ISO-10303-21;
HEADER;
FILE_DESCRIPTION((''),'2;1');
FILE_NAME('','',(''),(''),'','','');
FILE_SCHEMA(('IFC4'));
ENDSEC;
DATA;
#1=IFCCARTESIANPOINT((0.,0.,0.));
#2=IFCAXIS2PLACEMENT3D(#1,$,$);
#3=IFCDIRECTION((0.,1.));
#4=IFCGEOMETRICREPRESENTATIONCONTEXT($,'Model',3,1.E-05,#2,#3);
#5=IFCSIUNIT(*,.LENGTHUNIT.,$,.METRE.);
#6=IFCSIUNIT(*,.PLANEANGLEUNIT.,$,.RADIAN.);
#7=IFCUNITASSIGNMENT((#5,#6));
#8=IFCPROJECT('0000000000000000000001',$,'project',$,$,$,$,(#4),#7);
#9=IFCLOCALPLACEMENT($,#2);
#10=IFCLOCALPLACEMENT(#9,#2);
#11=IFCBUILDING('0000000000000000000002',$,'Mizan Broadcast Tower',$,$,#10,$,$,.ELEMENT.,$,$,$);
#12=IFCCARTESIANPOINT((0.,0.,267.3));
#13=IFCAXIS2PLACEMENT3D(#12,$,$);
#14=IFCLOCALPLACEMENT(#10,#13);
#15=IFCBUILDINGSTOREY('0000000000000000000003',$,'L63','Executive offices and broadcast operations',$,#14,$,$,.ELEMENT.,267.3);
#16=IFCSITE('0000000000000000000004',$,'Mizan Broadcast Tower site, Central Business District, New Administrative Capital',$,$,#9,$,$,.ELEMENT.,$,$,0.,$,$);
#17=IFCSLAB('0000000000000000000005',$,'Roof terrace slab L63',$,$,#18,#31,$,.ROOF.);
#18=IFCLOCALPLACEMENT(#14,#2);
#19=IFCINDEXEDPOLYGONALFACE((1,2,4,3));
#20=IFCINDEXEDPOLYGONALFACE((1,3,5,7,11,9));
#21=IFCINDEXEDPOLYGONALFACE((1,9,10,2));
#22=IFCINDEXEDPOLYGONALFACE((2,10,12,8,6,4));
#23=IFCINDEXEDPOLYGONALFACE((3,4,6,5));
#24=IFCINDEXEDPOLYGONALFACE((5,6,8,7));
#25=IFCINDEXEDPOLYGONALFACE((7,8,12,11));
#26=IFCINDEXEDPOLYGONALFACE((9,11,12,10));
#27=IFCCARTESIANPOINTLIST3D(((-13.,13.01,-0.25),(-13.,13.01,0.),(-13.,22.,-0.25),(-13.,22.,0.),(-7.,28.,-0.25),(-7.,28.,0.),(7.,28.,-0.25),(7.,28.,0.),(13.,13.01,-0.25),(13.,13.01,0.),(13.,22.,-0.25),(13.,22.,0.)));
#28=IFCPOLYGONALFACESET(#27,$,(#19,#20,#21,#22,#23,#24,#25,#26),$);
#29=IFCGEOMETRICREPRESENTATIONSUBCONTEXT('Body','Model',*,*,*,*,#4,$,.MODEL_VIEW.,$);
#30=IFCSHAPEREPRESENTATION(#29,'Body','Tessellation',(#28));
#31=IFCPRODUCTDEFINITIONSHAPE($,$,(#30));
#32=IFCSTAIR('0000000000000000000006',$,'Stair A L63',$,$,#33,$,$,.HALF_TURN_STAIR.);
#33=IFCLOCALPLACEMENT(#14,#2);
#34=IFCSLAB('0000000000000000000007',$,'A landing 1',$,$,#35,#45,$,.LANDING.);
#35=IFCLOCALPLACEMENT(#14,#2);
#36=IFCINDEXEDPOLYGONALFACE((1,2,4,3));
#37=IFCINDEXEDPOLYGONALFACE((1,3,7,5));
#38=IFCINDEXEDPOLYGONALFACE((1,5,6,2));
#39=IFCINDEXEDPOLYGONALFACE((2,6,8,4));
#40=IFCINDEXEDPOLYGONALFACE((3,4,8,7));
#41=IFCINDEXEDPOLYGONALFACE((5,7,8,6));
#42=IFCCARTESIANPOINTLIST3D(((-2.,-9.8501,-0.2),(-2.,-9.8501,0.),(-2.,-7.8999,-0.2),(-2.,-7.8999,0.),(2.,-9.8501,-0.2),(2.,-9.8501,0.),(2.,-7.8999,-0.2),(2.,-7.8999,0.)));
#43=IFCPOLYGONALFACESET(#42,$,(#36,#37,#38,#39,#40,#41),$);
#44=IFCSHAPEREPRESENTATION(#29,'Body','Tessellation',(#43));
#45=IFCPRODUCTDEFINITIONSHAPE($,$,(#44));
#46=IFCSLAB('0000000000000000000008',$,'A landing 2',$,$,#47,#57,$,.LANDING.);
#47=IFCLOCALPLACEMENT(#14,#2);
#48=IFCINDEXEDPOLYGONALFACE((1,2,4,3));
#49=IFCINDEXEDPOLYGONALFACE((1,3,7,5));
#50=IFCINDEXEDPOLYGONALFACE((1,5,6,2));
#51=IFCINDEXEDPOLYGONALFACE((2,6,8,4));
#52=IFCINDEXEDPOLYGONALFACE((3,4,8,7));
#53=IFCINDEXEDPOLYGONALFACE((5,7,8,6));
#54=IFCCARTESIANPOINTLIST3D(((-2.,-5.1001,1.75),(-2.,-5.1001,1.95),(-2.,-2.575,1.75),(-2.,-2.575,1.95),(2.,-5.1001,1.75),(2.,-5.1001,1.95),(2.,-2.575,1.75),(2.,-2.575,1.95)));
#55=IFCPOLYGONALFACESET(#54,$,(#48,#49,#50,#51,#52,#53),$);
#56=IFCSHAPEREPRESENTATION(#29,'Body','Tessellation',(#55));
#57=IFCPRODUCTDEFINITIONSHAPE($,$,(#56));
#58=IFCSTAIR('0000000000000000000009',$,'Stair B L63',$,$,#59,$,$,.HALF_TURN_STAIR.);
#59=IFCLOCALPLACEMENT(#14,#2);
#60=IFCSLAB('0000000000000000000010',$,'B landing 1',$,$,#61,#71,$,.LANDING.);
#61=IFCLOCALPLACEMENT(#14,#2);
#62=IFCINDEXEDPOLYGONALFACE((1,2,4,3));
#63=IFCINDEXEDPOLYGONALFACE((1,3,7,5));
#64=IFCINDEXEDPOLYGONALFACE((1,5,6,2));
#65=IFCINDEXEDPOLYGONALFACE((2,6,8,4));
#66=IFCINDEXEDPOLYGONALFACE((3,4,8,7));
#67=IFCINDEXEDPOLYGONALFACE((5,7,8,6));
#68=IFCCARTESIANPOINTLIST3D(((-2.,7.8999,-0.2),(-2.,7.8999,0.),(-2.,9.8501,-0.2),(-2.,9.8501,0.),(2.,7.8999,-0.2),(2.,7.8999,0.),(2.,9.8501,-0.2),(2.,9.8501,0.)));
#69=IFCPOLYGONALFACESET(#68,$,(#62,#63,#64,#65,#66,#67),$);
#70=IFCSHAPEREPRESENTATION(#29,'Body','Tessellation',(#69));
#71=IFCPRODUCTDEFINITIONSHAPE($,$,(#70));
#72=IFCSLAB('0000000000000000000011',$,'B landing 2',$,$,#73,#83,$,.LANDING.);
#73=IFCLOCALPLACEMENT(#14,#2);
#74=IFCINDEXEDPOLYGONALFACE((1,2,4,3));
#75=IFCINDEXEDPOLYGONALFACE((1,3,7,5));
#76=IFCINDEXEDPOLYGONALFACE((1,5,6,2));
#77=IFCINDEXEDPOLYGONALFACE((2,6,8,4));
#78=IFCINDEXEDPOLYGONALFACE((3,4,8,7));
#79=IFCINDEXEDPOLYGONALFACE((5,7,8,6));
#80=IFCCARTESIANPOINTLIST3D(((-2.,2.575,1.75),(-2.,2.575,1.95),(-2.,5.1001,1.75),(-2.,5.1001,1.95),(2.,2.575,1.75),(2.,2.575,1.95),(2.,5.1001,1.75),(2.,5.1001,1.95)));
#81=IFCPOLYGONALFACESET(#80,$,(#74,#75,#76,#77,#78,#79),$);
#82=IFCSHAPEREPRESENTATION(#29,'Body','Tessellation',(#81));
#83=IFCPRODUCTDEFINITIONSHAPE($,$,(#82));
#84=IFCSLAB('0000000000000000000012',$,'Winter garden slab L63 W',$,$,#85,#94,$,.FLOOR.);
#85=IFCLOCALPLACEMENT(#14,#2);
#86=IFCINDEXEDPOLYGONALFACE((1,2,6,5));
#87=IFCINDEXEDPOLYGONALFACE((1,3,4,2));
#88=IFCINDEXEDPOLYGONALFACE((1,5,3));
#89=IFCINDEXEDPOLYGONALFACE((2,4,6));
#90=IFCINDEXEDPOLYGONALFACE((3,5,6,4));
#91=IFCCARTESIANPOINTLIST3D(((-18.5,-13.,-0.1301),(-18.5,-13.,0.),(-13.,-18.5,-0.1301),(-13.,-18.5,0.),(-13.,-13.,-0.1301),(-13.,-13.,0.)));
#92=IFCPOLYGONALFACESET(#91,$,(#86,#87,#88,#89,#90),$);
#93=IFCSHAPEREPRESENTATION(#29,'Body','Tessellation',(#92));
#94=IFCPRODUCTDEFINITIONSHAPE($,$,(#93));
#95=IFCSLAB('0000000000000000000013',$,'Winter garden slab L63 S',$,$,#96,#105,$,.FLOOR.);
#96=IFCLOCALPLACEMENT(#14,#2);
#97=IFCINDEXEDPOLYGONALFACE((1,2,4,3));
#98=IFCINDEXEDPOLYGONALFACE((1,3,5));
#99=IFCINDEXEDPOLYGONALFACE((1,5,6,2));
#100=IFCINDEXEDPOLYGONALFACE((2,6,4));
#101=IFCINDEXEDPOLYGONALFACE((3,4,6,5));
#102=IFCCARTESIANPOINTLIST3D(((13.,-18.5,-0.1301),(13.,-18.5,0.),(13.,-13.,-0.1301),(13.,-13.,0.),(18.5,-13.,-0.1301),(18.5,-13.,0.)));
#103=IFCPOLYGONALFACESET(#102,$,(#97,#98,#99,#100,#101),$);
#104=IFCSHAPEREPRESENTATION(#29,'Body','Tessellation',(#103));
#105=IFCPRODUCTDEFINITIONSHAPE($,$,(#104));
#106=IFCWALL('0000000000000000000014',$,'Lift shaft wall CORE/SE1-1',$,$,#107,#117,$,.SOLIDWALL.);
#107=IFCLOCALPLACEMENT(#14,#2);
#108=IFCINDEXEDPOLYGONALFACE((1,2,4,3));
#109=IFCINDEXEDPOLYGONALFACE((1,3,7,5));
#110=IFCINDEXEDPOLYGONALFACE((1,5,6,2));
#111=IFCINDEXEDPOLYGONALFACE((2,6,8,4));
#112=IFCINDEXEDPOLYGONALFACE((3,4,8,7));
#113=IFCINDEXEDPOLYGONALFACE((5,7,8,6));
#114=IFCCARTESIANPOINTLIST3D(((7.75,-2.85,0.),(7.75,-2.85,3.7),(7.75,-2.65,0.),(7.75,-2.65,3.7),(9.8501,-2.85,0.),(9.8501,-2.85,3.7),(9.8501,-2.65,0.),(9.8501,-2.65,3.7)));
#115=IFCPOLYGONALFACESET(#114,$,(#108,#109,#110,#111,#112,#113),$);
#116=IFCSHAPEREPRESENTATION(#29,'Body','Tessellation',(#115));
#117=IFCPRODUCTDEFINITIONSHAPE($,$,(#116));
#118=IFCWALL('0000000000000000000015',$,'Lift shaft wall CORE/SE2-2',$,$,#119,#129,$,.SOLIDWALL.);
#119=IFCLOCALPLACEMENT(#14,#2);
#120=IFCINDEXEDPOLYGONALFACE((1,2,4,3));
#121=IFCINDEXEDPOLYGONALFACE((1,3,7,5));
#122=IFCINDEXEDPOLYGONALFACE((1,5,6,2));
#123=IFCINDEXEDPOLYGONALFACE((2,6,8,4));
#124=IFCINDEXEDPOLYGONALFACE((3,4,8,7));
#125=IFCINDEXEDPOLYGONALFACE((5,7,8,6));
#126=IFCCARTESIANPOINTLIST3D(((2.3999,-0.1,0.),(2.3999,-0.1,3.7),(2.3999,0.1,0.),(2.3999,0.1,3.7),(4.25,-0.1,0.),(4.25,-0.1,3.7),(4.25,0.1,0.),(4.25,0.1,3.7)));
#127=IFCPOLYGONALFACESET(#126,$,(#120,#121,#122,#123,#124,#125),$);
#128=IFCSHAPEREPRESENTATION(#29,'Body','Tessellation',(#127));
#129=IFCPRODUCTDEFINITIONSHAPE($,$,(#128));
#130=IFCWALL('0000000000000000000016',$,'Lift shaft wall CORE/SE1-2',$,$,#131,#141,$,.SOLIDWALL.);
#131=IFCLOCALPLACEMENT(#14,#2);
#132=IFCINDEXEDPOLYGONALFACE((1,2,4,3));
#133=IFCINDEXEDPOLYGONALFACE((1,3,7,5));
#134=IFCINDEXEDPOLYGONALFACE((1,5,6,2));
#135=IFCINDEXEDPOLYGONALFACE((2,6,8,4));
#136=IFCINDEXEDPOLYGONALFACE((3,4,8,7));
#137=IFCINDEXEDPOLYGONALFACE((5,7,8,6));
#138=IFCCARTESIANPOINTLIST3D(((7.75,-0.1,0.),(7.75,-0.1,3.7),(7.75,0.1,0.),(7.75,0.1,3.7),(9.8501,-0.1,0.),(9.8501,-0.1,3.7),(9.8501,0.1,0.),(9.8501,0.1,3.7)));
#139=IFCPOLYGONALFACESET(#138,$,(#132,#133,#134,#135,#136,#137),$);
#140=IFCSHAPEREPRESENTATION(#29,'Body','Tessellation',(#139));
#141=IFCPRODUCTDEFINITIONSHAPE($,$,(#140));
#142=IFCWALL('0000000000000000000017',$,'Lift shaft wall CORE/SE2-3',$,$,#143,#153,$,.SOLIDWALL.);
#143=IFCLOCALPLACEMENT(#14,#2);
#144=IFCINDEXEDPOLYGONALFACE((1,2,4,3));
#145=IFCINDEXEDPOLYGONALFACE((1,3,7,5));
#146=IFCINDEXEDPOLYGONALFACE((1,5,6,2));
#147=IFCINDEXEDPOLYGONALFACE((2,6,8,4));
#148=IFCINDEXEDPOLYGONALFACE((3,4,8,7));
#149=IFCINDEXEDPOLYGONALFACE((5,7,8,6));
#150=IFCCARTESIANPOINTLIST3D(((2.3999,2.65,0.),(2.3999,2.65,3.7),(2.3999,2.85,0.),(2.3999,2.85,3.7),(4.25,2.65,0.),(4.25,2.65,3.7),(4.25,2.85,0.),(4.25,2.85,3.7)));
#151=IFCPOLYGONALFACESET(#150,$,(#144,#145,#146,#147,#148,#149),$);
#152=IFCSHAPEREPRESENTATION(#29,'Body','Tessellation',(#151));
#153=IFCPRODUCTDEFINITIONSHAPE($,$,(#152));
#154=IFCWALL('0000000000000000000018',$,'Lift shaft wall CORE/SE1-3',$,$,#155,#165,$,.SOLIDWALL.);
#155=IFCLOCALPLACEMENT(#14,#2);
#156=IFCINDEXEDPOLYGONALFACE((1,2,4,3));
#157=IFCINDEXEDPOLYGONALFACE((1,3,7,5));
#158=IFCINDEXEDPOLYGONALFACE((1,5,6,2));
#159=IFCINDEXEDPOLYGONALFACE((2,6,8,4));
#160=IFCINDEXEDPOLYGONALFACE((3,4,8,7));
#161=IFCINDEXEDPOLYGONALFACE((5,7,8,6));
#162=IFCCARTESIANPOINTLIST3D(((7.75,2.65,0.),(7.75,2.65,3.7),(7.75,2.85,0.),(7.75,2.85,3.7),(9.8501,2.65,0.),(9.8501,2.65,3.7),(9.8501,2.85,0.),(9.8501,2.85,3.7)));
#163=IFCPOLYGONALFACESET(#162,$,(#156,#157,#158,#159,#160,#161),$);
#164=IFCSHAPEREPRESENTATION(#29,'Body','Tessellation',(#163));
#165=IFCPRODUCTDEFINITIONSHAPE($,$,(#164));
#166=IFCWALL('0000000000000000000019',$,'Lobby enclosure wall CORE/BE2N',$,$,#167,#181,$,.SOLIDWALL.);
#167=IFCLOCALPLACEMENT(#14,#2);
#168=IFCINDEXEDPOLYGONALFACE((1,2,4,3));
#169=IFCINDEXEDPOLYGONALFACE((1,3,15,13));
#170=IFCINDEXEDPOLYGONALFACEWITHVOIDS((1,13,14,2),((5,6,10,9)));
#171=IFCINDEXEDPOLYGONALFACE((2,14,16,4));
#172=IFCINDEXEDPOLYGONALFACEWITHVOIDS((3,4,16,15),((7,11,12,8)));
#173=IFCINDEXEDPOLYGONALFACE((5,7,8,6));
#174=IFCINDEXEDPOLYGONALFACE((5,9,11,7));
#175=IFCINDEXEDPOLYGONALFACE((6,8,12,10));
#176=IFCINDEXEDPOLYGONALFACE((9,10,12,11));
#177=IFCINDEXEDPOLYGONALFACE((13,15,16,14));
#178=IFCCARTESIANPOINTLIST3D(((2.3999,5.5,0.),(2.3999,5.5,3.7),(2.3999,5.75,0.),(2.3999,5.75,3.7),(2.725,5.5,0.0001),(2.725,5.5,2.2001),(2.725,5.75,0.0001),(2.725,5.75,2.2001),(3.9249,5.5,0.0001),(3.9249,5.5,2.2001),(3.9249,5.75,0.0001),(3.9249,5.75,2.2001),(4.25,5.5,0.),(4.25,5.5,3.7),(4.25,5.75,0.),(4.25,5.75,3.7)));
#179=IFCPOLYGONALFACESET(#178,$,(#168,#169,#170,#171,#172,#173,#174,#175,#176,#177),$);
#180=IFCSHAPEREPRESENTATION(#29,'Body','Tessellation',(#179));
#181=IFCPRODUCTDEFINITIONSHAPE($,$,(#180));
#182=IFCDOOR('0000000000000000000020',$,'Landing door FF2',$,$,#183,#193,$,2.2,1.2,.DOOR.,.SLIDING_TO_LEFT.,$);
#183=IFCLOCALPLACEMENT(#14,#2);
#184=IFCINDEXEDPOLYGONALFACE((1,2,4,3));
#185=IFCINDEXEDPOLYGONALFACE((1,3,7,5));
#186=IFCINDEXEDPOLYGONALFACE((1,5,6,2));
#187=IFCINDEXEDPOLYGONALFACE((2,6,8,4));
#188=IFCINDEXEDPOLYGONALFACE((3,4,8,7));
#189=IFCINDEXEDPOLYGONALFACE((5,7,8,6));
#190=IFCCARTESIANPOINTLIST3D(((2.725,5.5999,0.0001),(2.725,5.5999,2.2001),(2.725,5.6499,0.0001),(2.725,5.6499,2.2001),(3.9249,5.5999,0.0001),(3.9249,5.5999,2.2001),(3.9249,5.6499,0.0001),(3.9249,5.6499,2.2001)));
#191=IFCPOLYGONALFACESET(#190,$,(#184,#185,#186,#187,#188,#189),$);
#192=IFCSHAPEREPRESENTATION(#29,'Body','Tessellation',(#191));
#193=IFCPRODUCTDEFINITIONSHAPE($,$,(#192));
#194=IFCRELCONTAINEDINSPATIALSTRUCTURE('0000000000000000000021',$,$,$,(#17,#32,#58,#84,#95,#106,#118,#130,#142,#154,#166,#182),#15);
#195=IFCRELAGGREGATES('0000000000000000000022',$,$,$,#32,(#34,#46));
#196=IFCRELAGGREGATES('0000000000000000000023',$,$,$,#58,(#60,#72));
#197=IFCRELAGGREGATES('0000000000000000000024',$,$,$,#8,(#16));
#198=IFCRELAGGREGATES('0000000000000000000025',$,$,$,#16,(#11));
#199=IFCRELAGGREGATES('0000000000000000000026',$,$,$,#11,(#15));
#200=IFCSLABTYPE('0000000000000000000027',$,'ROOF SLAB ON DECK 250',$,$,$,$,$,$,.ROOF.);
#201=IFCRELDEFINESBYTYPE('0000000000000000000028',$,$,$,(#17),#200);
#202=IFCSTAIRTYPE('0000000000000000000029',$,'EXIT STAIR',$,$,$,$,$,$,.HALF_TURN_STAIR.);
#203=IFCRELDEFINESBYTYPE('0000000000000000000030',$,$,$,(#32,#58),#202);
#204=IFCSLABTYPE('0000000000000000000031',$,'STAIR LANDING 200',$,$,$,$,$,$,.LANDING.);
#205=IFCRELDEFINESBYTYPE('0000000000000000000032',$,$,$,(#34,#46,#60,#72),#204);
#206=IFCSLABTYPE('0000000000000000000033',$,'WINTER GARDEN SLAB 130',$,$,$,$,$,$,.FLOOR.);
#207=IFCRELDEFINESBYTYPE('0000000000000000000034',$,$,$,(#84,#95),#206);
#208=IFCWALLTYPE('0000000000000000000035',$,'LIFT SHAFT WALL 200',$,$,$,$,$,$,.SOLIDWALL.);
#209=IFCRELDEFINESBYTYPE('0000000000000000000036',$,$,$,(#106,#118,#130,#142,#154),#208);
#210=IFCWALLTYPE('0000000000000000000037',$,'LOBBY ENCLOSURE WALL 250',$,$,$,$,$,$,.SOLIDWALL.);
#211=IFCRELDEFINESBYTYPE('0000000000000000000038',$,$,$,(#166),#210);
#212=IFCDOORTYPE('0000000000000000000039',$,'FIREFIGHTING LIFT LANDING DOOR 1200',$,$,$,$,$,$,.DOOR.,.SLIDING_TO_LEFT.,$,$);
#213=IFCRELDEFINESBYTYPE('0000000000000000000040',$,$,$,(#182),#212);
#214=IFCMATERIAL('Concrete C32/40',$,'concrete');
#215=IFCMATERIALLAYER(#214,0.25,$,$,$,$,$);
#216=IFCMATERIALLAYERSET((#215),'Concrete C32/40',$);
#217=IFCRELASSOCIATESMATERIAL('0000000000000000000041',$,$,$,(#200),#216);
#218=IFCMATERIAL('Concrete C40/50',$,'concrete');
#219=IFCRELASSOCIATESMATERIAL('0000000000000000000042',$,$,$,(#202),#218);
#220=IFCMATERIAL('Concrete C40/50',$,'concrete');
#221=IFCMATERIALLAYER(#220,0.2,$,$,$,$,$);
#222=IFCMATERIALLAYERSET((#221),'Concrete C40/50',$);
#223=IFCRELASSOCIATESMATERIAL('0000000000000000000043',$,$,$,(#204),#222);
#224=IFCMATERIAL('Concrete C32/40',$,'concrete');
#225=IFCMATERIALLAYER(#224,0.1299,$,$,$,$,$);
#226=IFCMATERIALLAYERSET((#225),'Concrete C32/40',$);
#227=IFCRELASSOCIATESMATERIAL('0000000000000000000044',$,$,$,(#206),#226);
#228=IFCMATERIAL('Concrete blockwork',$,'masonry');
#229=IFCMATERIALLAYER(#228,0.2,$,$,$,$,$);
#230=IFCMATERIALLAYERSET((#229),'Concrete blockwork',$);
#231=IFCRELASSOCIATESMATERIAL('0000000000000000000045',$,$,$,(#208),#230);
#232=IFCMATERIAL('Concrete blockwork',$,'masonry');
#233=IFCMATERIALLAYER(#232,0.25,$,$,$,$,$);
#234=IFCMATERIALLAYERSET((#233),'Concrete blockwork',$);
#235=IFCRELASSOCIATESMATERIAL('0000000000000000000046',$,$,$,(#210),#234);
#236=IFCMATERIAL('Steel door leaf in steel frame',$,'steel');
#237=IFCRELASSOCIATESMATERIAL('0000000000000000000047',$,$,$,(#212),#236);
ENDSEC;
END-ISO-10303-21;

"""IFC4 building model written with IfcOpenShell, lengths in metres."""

from ifc_helpers import new_model, si_unit, direction, frame, frame_2d, origin, place, context, subcontext, project, spatial, polyline, rectangle, outline, extrude, material, layer, layer_set, type_object, element, fill, aggregate, save


model = new_model("IFC4")

# Units and contexts
model_context = context("Model", 3, precision=1e-05, world=origin(), true_north=direction((0.0, 1.0)))
body_context = subcontext(model_context, "Body", "Model", "MODEL_VIEW")
ifc_project = project(units=[si_unit("LENGTHUNIT", "METRE"), si_unit("PLANEANGLEUNIT", "RADIAN")], contexts=[model_context])

# Site, building, storey
site_placement = place(None, origin())
site = spatial("IfcSite", under=ifc_project, at=site_placement, Name="Mizan Broadcast Tower site, Central Business District, New Administrative Capital", CompositionType="ELEMENT", RefElevation=0.0)
building_placement = place(site_placement, origin())
building = spatial("IfcBuilding", under=site, at=building_placement, Name="Mizan Broadcast Tower", CompositionType="ELEMENT")
storey_placement = place(building_placement, frame((0.0, 0.0, 267.3)))
storey = spatial("IfcBuildingStorey", under=building, at=storey_placement, Name="L63", Description="Executive offices and broadcast operations", CompositionType="ELEMENT", Elevation=267.3)

# Slab
ifc_material_1 = material(Name="Concrete C32/40", Category="concrete")
ifc_layer_1 = layer(ifc_material_1, 0.25)
ifc_layer_set_1 = layer_set([ifc_layer_1], Name="Concrete C32/40")
slab_type_1 = type_object("IfcSlabType", Name="ROOF SLAB ON DECK 250", PredefinedType="ROOF", material=ifc_layer_set_1)
slab_1_placement = place(storey_placement, frame((0.0, 0.0, -0.25)))
element("IfcSlab", 1, at=slab_1_placement, inside=storey, type_object=slab_type_1, Name="Roof terrace slab L63", PredefinedType="ROOF", context=body_context, shape_type="SweptSolid", body=[
    extrude(outline(polyline([(-13.0, 22.0), (-13.0, 13.01), (13.0, 13.01), (13.0, 22.0), (7.0, 28.0), (-7.0, 28.0), (-13.0, 22.0)])), origin(), (0.0, 0.0, 1.0), 0.25),
])

# Stairs, slabs
ifc_material_2 = material(Name="Concrete C40/50", Category="concrete")
stair_type = type_object("IfcStairType", Name="EXIT STAIR", PredefinedType="HALF_TURN_STAIR", material=ifc_material_2)
stair_1_placement = place(storey_placement, origin())
stair_1 = element("IfcStair", 2, at=stair_1_placement, inside=storey, type_object=stair_type, Name="Stair A L63", PredefinedType="HALF_TURN_STAIR")
ifc_material_3 = material(Name="Concrete C40/50", Category="concrete")
ifc_layer_2 = layer(ifc_material_3, 0.2)
ifc_layer_set_2 = layer_set([ifc_layer_2], Name="Concrete C40/50")
slab_type_2 = type_object("IfcSlabType", Name="STAIR LANDING 200", PredefinedType="LANDING", material=ifc_layer_set_2)
slab_2_placement = place(storey_placement, frame((0.0, 0.0, -0.2)))
slab_2 = element("IfcSlab", 3, at=slab_2_placement, type_object=slab_type_2, Name="A landing 1", PredefinedType="LANDING", context=body_context, shape_type="SweptSolid", body=[
    extrude(outline(polyline([(-2.0, -9.8501), (-2.0, -7.8999), (2.0, -7.8999), (2.0, -9.8501), (-2.0, -9.8501)])), origin(), (0.0, 0.0, 1.0), 0.2),
])
slab_3_placement = place(storey_placement, frame((0.0, 0.0, 1.75)))
slab_3 = element("IfcSlab", 4, at=slab_3_placement, type_object=slab_type_2, Name="A landing 2", PredefinedType="LANDING", context=body_context, shape_type="SweptSolid", body=[
    extrude(outline(polyline([(-2.0, -5.1001), (-2.0, -2.575), (2.0, -2.575), (2.0, -5.1001), (-2.0, -5.1001)])), origin(), (0.0, 0.0, 1.0), 0.2),
])
aggregate(stair_1, [slab_2, slab_3])
stair_2_placement = place(storey_placement, origin())
stair_2 = element("IfcStair", 5, at=stair_2_placement, inside=storey, type_object=stair_type, Name="Stair B L63", PredefinedType="HALF_TURN_STAIR")
slab_4_placement = place(storey_placement, frame((0.0, 0.0, -0.2)))
slab_4 = element("IfcSlab", 6, at=slab_4_placement, type_object=slab_type_2, Name="B landing 1", PredefinedType="LANDING", context=body_context, shape_type="SweptSolid", body=[
    extrude(outline(polyline([(2.0, 9.8501), (2.0, 7.8999), (-2.0, 7.8999), (-2.0, 9.8501), (2.0, 9.8501)])), origin(), (0.0, 0.0, 1.0), 0.2),
])
slab_5_placement = place(storey_placement, frame((0.0, 0.0, 1.75)))
slab_5 = element("IfcSlab", 7, at=slab_5_placement, type_object=slab_type_2, Name="B landing 2", PredefinedType="LANDING", context=body_context, shape_type="SweptSolid", body=[
    extrude(outline(polyline([(2.0, 5.1001), (2.0, 2.575), (-2.0, 2.575), (-2.0, 5.1001), (2.0, 5.1001)])), origin(), (0.0, 0.0, 1.0), 0.2),
])
aggregate(stair_2, [slab_4, slab_5])

# Slabs
ifc_material_4 = material(Name="Concrete C32/40", Category="concrete")
ifc_layer_3 = layer(ifc_material_4, 0.1299)
ifc_layer_set_3 = layer_set([ifc_layer_3], Name="Concrete C32/40")
slab_type_3 = type_object("IfcSlabType", Name="WINTER GARDEN SLAB 130", PredefinedType="FLOOR", material=ifc_layer_set_3)
slab_6_placement = place(storey_placement, frame((0.0, 0.0, -0.1301)))
element("IfcSlab", 8, at=slab_6_placement, inside=storey, type_object=slab_type_3, Name="Winter garden slab L63 W", PredefinedType="FLOOR", context=body_context, shape_type="SweptSolid", body=[
    extrude(outline(polyline([(-13.0, -13.0), (-18.5, -13.0), (-13.0, -18.5), (-13.0, -13.0)])), origin(), (0.0, 0.0, 1.0), 0.1301),
])
slab_7_placement = place(storey_placement, frame((0.0, 0.0, -0.1301)))
element("IfcSlab", 9, at=slab_7_placement, inside=storey, type_object=slab_type_3, Name="Winter garden slab L63 S", PredefinedType="FLOOR", context=body_context, shape_type="SweptSolid", body=[
    extrude(outline(polyline([(13.0, -13.0), (13.0, -18.5), (18.5, -13.0), (13.0, -13.0)])), origin(), (0.0, 0.0, 1.0), 0.1301),
])

# Walls
ifc_material_5 = material(Name="Concrete blockwork", Category="masonry")
ifc_layer_4 = layer(ifc_material_5, 0.2)
ifc_layer_set_4 = layer_set([ifc_layer_4], Name="Concrete blockwork")
wall_type_1 = type_object("IfcWallType", Name="LIFT SHAFT WALL 200", PredefinedType="SOLIDWALL", material=ifc_layer_set_4)
wall_1_placement = place(storey_placement, frame((7.75, -2.75, 0.0), z_axis=(0.0, 0.0, 1.0), x_axis=(1.0, 0.0, 0.0)))
element("IfcWall", 10, at=wall_1_placement, inside=storey, type_object=wall_type_1, Name="Lift shaft wall CORE/SE1-1", PredefinedType="SOLIDWALL", context=body_context, shape_type="SweptSolid", body=[
    extrude(rectangle(XDim=2.1001, YDim=0.2, at=frame_2d((1.05, 0.0))), origin(), (0.0, 0.0, 1.0), 3.7),
])
wall_2_placement = place(storey_placement, frame((2.3999, 0.0, 0.0), z_axis=(0.0, 0.0, 1.0), x_axis=(1.0, 0.0, 0.0)))
element("IfcWall", 11, at=wall_2_placement, inside=storey, type_object=wall_type_1, Name="Lift shaft wall CORE/SE2-2", PredefinedType="SOLIDWALL", context=body_context, shape_type="SweptSolid", body=[
    extrude(rectangle(XDim=1.8501, YDim=0.2, at=frame_2d((0.925, 0.0))), origin(), (0.0, 0.0, 1.0), 3.7),
])
wall_3_placement = place(storey_placement, frame((7.75, 0.0, 0.0), z_axis=(0.0, 0.0, 1.0), x_axis=(1.0, 0.0, 0.0)))
element("IfcWall", 12, at=wall_3_placement, inside=storey, type_object=wall_type_1, Name="Lift shaft wall CORE/SE1-2", PredefinedType="SOLIDWALL", context=body_context, shape_type="SweptSolid", body=[
    extrude(rectangle(XDim=2.1001, YDim=0.2, at=frame_2d((1.05, 0.0))), origin(), (0.0, 0.0, 1.0), 3.7),
])
wall_4_placement = place(storey_placement, frame((2.3999, 2.75, 0.0), z_axis=(0.0, 0.0, 1.0), x_axis=(1.0, 0.0, 0.0)))
element("IfcWall", 13, at=wall_4_placement, inside=storey, type_object=wall_type_1, Name="Lift shaft wall CORE/SE2-3", PredefinedType="SOLIDWALL", context=body_context, shape_type="SweptSolid", body=[
    extrude(rectangle(XDim=1.8501, YDim=0.2, at=frame_2d((0.925, 0.0))), origin(), (0.0, 0.0, 1.0), 3.7),
])
wall_5_placement = place(storey_placement, frame((7.75, 2.75, 0.0), z_axis=(0.0, 0.0, 1.0), x_axis=(1.0, 0.0, 0.0)))
element("IfcWall", 14, at=wall_5_placement, inside=storey, type_object=wall_type_1, Name="Lift shaft wall CORE/SE1-3", PredefinedType="SOLIDWALL", context=body_context, shape_type="SweptSolid", body=[
    extrude(rectangle(XDim=2.1001, YDim=0.2, at=frame_2d((1.05, 0.0))), origin(), (0.0, 0.0, 1.0), 3.7),
])

# Wall, opening, door
ifc_material_6 = material(Name="Concrete blockwork", Category="masonry")
ifc_layer_5 = layer(ifc_material_6, 0.25)
ifc_layer_set_5 = layer_set([ifc_layer_5], Name="Concrete blockwork")
wall_type_2 = type_object("IfcWallType", Name="LOBBY ENCLOSURE WALL 250", PredefinedType="SOLIDWALL", material=ifc_layer_set_5)
wall_6_placement = place(storey_placement, frame((2.3999, 5.625, 0.0), z_axis=(0.0, 0.0, 1.0), x_axis=(1.0, 0.0, 0.0)))
wall_6 = element("IfcWall", 15, at=wall_6_placement, inside=storey, type_object=wall_type_2, Name="Lobby enclosure wall CORE/BE2N", PredefinedType="SOLIDWALL", context=body_context, shape_type="SweptSolid", body=[
    extrude(rectangle(XDim=1.8501, YDim=0.25, at=frame_2d((0.925, 0.0))), origin(), (0.0, 0.0, 1.0), 3.7),
])
opening_placement = place(wall_6_placement, frame((0.325, 0.0, 0.0)))
opening = element("IfcOpeningElement", 16, at=opening_placement, cuts=wall_6, PredefinedType="OPENING", context=body_context, shape_type="SweptSolid", body=[
    extrude(rectangle(XDim=1.2, YDim=2.2, at=frame_2d((0.6001, 1.1001))), frame((0.0, 0.135, 0.0), z_axis=(0.0, -1.0, 0.0), x_axis=(1.0, 0.0, 0.0)), (0.0, 0.0, 1.0), 0.27),
])
ifc_material_7 = material(Name="Steel door leaf in steel frame", Category="steel")
door_type = type_object("IfcDoorType", Name="FIREFIGHTING LIFT LANDING DOOR 1200", OperationType="SLIDING_TO_LEFT", PredefinedType="DOOR", material=ifc_material_7)
door_placement = place(opening_placement, origin())
door = element("IfcDoor", 17, at=door_placement, inside=storey, type_object=door_type, Name="Landing door FF2", OperationType="SLIDING_TO_LEFT", OverallHeight=2.2, OverallWidth=1.2, PredefinedType="DOOR", context=body_context, shape_type="SweptSolid", body=[
    extrude(rectangle(XDim=1.2, YDim=2.2, at=frame_2d((0.6001, 1.1001))), frame((0.0, 0.0249, 0.0), z_axis=(0.0, -1.0, 0.0), x_axis=(1.0, 0.0, 0.0)), (0.0, 0.0, 1.0), 0.05),
])
fill(opening, door)

save(model, "model.ifc")
